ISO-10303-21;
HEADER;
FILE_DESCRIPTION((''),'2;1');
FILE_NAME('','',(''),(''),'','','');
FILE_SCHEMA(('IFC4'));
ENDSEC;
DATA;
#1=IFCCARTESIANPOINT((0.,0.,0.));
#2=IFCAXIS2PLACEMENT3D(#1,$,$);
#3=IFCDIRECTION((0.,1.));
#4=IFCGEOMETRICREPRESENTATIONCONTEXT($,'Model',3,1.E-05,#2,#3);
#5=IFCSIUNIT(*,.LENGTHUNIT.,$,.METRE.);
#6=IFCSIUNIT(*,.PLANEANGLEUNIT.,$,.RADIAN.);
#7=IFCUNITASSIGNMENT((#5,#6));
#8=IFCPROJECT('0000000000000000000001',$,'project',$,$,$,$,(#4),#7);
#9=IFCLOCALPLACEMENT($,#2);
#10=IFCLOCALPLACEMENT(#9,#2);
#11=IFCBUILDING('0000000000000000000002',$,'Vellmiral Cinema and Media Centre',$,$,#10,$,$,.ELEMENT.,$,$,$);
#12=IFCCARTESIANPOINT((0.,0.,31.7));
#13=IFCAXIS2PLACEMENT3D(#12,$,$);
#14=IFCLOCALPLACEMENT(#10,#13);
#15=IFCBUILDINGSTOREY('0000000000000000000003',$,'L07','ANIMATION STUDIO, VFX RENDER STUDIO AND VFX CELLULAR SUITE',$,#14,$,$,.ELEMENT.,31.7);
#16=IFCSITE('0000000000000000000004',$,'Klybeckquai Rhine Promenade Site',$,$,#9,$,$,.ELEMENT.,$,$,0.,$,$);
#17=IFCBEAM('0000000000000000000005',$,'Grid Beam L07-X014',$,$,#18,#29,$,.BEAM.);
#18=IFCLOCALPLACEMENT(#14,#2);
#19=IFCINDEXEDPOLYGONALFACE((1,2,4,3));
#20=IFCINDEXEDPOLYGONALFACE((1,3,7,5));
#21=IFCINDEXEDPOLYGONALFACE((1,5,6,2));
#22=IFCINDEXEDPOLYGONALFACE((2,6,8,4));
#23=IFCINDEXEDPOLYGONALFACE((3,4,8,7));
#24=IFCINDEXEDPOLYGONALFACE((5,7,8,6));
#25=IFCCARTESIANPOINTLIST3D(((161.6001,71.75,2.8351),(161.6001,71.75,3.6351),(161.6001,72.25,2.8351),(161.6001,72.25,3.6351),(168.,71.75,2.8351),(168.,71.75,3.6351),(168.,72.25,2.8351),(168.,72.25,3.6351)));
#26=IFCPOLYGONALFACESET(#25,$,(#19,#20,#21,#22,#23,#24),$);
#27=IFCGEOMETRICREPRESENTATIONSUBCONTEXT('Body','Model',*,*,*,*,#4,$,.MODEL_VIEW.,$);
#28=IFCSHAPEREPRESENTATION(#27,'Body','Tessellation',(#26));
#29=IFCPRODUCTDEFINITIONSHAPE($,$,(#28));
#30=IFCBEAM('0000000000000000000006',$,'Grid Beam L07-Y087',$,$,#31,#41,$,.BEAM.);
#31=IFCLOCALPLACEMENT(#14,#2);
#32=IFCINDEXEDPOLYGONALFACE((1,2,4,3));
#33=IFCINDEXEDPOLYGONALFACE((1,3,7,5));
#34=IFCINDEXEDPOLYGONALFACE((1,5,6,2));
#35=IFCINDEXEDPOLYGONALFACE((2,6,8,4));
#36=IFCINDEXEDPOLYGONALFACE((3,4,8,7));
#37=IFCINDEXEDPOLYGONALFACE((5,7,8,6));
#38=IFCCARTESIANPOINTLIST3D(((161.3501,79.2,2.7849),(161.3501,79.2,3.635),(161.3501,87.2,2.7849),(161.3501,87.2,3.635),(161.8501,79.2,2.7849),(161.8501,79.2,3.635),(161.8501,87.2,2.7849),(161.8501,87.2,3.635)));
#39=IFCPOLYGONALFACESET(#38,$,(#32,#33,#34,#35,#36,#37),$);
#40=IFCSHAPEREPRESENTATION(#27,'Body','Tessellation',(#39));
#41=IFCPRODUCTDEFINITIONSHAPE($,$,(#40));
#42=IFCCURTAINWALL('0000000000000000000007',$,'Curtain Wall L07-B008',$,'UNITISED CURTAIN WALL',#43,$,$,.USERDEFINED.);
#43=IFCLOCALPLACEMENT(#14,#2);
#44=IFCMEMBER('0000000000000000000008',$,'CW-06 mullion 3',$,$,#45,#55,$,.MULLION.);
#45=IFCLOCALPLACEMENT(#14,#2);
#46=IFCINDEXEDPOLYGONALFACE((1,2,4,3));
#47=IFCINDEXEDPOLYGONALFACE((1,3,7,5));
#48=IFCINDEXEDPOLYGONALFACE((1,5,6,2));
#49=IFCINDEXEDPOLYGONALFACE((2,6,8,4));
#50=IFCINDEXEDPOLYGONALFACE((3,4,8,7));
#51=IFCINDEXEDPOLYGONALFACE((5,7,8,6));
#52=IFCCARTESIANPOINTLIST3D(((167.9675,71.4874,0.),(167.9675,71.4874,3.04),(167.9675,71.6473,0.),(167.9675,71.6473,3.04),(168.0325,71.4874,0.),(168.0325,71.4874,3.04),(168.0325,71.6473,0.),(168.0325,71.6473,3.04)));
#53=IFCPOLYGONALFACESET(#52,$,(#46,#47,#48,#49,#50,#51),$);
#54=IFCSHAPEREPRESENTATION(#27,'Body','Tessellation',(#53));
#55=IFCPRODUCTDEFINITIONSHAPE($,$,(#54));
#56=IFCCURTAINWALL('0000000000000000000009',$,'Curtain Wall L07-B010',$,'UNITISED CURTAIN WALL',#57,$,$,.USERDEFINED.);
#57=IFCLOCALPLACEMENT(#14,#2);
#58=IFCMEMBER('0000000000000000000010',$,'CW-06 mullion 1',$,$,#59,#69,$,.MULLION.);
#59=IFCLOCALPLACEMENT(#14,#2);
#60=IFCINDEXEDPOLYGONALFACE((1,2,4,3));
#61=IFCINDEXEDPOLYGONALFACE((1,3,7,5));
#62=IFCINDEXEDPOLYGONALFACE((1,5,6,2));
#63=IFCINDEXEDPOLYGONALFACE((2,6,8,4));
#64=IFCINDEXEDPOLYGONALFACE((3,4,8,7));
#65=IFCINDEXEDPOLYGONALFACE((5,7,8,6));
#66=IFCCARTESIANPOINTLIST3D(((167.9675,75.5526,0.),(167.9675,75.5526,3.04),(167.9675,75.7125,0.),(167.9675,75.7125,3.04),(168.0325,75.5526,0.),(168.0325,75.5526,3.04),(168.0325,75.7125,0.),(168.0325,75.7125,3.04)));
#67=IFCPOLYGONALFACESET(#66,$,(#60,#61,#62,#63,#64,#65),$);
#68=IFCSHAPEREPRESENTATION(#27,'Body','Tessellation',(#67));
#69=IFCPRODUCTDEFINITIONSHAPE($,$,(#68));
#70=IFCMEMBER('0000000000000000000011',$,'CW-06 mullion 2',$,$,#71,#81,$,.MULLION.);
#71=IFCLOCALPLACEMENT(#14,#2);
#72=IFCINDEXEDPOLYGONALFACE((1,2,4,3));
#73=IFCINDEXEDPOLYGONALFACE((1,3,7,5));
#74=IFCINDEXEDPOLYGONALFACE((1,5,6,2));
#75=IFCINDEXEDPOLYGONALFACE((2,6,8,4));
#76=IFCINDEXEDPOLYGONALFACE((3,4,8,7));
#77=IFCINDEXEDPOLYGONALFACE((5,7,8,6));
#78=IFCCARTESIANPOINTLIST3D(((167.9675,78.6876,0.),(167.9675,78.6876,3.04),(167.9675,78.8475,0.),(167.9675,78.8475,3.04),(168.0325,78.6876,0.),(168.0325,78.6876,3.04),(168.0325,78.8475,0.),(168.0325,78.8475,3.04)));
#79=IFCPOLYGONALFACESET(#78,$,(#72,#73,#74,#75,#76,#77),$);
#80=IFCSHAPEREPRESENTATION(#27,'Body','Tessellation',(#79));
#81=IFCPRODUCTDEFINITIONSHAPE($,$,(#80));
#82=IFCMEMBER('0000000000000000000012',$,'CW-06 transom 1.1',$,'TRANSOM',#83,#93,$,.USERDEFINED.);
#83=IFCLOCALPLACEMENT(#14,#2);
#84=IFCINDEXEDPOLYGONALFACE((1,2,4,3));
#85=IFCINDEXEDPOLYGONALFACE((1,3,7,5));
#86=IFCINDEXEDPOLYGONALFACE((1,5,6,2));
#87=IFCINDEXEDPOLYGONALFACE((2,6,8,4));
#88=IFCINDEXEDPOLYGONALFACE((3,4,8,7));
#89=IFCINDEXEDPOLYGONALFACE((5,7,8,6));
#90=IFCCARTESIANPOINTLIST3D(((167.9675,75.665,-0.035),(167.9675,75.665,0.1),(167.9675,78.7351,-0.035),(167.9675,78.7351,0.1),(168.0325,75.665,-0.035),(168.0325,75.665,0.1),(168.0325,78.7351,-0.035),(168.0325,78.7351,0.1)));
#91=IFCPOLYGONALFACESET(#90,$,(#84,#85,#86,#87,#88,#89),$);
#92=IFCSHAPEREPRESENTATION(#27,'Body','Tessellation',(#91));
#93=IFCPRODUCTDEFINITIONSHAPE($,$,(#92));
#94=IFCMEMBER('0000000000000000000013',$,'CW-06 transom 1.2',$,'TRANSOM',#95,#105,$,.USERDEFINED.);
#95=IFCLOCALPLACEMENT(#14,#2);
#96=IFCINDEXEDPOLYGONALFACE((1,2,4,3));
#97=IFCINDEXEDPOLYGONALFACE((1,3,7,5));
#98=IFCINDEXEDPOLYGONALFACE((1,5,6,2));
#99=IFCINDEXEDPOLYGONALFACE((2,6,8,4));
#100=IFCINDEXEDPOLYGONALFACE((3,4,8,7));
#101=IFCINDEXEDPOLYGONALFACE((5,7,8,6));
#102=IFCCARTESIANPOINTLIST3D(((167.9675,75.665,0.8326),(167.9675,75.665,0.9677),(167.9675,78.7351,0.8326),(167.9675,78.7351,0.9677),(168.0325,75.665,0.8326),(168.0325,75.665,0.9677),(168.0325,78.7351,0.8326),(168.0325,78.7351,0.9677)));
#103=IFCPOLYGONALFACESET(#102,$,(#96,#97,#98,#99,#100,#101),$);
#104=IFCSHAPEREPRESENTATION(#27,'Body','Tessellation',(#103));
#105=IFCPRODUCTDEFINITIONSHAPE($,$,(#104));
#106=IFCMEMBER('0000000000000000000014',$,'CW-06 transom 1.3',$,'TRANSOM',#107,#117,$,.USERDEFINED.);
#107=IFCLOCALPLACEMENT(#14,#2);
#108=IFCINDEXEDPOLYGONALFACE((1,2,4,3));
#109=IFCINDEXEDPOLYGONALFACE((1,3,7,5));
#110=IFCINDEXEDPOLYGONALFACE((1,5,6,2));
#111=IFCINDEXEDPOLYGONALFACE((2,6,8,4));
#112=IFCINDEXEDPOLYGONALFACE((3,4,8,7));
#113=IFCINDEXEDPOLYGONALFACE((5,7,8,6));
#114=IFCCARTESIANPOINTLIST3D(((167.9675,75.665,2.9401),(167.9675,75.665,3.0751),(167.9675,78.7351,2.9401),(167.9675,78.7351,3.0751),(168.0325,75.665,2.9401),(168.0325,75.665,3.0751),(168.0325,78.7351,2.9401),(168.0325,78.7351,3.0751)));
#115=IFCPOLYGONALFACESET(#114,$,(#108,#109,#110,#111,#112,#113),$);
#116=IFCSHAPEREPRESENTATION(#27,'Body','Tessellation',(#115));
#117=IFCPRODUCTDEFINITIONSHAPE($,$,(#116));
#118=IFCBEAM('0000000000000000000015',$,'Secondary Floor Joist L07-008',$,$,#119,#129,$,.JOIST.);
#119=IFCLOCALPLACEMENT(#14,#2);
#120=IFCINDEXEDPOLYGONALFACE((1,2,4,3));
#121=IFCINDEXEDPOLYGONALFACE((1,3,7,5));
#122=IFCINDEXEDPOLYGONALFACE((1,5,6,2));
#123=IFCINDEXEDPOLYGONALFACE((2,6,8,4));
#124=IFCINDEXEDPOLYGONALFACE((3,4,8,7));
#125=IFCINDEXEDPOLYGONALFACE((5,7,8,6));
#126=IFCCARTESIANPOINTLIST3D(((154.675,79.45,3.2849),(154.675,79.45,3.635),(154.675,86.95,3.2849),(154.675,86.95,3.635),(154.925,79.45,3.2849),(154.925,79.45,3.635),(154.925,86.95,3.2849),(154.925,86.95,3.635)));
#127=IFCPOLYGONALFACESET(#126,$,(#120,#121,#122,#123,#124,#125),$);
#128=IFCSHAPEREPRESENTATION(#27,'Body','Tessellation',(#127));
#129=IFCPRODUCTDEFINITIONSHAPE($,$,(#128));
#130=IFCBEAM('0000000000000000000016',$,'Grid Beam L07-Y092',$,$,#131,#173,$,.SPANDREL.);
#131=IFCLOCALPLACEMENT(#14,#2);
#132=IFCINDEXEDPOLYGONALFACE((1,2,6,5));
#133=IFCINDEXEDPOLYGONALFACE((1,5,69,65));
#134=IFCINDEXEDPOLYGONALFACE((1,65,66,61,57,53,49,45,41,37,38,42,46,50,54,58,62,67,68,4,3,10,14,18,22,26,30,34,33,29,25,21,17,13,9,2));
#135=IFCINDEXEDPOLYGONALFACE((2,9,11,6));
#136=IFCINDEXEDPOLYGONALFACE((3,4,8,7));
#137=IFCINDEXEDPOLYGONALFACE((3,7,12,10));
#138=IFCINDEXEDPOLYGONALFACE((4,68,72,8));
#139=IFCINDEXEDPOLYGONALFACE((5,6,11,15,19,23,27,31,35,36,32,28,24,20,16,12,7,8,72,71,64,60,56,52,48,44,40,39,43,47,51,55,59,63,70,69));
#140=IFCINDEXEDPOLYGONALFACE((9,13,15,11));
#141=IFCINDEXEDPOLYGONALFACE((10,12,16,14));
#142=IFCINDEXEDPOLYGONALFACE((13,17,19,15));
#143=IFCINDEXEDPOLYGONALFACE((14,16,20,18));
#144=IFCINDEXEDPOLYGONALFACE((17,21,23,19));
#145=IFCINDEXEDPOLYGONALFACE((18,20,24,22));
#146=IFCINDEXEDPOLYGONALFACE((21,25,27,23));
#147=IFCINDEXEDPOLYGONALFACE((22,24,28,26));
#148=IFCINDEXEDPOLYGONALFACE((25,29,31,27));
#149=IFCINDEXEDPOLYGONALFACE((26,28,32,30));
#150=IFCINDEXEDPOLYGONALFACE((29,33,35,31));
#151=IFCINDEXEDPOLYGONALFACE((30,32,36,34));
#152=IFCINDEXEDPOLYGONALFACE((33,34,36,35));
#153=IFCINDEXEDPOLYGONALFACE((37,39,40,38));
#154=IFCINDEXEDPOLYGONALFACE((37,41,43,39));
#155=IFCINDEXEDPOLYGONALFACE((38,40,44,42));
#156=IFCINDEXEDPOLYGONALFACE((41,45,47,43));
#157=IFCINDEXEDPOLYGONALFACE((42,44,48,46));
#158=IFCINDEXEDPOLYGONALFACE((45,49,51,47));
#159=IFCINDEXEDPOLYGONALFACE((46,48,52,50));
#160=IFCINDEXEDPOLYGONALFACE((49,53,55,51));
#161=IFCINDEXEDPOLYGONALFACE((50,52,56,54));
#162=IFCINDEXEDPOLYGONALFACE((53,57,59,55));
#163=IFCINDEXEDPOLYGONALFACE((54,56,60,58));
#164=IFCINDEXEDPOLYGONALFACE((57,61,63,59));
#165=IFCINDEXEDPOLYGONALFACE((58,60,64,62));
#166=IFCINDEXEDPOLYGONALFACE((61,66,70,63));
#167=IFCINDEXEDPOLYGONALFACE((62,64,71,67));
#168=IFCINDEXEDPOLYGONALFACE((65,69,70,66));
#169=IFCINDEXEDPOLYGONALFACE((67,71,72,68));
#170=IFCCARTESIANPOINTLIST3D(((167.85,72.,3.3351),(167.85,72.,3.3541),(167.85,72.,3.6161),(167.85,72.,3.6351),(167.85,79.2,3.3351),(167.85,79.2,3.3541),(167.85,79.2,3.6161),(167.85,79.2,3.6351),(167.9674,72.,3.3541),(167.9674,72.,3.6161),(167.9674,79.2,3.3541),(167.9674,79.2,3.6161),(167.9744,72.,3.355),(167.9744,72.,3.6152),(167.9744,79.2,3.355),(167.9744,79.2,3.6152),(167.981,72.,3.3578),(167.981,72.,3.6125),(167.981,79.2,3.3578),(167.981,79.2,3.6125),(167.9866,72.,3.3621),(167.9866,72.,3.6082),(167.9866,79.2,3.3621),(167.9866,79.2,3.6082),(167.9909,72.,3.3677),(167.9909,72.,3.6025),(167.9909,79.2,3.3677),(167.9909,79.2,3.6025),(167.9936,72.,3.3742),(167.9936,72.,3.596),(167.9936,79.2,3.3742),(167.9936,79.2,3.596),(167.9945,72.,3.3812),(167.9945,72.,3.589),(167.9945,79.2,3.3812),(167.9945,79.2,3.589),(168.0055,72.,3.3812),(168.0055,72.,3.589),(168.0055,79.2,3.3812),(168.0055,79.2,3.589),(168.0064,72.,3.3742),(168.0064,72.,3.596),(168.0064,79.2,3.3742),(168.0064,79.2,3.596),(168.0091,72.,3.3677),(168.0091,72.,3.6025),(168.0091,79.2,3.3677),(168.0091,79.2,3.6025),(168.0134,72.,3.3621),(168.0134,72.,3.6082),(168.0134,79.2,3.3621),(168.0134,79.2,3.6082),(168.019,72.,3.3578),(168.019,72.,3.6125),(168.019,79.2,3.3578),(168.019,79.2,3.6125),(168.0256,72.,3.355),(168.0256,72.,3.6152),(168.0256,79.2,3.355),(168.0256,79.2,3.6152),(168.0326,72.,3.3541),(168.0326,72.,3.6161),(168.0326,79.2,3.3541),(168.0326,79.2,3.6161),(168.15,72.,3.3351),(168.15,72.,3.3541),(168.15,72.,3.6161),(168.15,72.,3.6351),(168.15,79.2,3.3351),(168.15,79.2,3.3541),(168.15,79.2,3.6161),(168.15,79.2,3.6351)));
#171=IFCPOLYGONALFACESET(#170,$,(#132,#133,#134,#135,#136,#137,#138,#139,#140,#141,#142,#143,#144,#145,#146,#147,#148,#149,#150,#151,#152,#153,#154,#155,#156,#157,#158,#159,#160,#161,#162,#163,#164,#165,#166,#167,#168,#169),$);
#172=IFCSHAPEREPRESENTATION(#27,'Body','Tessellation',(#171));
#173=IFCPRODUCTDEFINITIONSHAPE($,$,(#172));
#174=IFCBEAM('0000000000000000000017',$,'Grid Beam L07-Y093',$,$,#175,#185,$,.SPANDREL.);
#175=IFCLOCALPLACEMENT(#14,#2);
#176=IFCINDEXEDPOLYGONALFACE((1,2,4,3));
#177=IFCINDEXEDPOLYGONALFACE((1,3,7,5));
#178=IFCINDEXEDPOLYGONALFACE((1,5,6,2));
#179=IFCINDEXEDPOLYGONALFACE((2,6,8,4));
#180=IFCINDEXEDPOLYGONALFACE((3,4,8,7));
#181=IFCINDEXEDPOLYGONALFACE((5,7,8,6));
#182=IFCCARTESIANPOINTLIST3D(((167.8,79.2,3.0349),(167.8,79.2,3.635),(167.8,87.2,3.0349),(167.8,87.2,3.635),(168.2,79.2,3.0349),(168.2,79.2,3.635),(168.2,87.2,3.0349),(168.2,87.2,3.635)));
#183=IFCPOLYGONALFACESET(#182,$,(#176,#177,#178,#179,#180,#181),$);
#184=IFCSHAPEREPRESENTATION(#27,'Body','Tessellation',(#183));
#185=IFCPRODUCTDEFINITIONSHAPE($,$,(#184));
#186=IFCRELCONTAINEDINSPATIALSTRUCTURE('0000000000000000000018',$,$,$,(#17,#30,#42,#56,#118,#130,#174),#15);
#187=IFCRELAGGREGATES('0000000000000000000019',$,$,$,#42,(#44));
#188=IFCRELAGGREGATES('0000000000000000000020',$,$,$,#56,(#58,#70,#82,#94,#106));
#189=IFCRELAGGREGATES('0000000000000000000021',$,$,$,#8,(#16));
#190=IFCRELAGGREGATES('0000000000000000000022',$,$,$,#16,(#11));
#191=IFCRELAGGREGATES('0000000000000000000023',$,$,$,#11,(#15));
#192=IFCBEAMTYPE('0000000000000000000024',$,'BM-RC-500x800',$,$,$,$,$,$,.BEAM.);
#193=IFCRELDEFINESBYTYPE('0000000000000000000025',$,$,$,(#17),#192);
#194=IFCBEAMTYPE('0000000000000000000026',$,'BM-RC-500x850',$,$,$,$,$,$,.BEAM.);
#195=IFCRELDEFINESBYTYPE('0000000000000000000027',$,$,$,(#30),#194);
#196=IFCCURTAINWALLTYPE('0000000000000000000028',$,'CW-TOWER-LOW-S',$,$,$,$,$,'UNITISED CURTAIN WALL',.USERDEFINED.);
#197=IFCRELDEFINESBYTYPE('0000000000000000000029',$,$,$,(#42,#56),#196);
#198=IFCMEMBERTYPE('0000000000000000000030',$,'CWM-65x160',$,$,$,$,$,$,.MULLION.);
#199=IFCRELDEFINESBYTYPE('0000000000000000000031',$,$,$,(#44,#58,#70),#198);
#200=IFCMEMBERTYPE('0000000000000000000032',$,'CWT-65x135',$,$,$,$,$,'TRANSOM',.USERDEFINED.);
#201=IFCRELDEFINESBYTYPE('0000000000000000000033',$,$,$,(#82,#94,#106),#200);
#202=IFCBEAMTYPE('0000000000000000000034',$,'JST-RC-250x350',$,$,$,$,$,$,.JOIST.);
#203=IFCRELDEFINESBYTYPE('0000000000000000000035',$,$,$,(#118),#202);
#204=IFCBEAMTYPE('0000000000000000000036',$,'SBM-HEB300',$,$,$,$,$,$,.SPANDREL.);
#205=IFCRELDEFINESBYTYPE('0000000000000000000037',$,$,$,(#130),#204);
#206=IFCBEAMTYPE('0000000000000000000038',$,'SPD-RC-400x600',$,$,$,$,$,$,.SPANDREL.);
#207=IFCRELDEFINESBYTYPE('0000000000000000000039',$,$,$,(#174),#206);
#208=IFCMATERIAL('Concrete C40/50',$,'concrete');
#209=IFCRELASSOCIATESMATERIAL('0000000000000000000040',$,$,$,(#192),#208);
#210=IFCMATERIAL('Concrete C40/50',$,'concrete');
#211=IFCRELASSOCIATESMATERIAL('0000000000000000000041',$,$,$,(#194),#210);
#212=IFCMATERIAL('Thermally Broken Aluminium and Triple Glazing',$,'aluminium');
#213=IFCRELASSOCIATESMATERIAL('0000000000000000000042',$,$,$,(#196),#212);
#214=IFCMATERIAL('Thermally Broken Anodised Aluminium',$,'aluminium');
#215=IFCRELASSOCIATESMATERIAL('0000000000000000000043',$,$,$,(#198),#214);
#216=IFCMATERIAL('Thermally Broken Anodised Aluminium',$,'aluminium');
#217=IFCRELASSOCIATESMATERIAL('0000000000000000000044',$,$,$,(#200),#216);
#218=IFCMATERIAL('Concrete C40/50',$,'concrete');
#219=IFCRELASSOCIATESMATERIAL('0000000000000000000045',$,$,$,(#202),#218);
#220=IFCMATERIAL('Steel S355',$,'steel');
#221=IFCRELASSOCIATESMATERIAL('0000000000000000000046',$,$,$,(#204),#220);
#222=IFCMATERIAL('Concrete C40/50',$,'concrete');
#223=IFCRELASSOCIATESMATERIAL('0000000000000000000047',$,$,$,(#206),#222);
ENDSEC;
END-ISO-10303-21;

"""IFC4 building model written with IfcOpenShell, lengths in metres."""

from ifc_helpers import new_model, si_unit, direction, frame, origin, origin_2d, place, context, subcontext, project, spatial, rectangle, i_section, extrude, material, material_profile, profile_set, type_object, element, aggregate, save


model = new_model("IFC4")

# Units and contexts
model_context = context("Model", 3, precision=1e-05, world=origin(), true_north=direction((0.0, 1.0)))
body_context = subcontext(model_context, "Body", "Model", "MODEL_VIEW")
ifc_project = project(units=[si_unit("LENGTHUNIT", "METRE"), si_unit("PLANEANGLEUNIT", "RADIAN")], contexts=[model_context])

# Site, building, storey
site_placement = place(None, origin())
site = spatial("IfcSite", under=ifc_project, at=site_placement, Name="Klybeckquai Rhine Promenade Site", CompositionType="ELEMENT", RefElevation=0.0)
building_placement = place(site_placement, origin())
building = spatial("IfcBuilding", under=site, at=building_placement, Name="Vellmiral Cinema and Media Centre", CompositionType="ELEMENT")
storey_placement = place(building_placement, frame((0.0, 0.0, 31.7)))
storey = spatial("IfcBuildingStorey", under=building, at=storey_placement, Name="L07", Description="ANIMATION STUDIO, VFX RENDER STUDIO AND VFX CELLULAR SUITE", CompositionType="ELEMENT", Elevation=31.7)

# Beams
ifc_material_1 = material(Name="Concrete C40/50", Category="concrete")
ifc_material_profile_1 = material_profile(ifc_material_1, rectangle(XDim=0.5, YDim=0.8, at=origin_2d()), Name="RC 500x800")
ifc_profile_set_1 = profile_set([ifc_material_profile_1], Name="Concrete C40/50")
beam_type_1 = type_object("IfcBeamType", Name="BM-RC-500x800", PredefinedType="BEAM", material=ifc_profile_set_1)
beam_1_placement = place(storey_placement, frame((161.6001, 72.0, 3.2351), z_axis=(1.0, 0.0, 0.0), x_axis=(0.0, 1.0, 0.0)))
element("IfcBeam", 1, at=beam_1_placement, inside=storey, type_object=beam_type_1, Name="Grid Beam L07-X014", PredefinedType="BEAM", context=body_context, shape_type="SweptSolid", body=[
    extrude(rectangle(XDim=0.5, YDim=0.8, at=origin_2d()), origin(), (0.0, 0.0, 1.0), 6.3999),
])
ifc_material_2 = material(Name="Concrete C40/50", Category="concrete")
ifc_material_profile_2 = material_profile(ifc_material_2, rectangle(XDim=0.5, YDim=0.8501, at=origin_2d()), Name="RC 500x850")
ifc_profile_set_2 = profile_set([ifc_material_profile_2], Name="Concrete C40/50")
beam_type_2 = type_object("IfcBeamType", Name="BM-RC-500x850", PredefinedType="BEAM", material=ifc_profile_set_2)
beam_2_placement = place(storey_placement, frame((161.6001, 79.2, 3.21), z_axis=(0.0, 1.0, 0.0), x_axis=(-1.0, 0.0, 0.0)))
element("IfcBeam", 2, at=beam_2_placement, inside=storey, type_object=beam_type_2, Name="Grid Beam L07-Y087", PredefinedType="BEAM", context=body_context, shape_type="SweptSolid", body=[
    extrude(rectangle(XDim=0.5, YDim=0.8501, at=origin_2d()), origin(), (0.0, 0.0, 1.0), 8.0),
])

# Curtain wall, member
ifc_material_3 = material(Name="Thermally Broken Aluminium and Triple Glazing", Category="aluminium")
curtain_wall_type = type_object("IfcCurtainWallType", Name="CW-TOWER-LOW-S", ElementType="UNITISED CURTAIN WALL", PredefinedType="USERDEFINED", material=ifc_material_3)
curtain_wall_1_placement = place(storey_placement, origin())
curtain_wall_1 = element("IfcCurtainWall", 3, at=curtain_wall_1_placement, inside=storey, type_object=curtain_wall_type, Name="Curtain Wall L07-B008", ObjectType="UNITISED CURTAIN WALL", PredefinedType="USERDEFINED")
ifc_material_4 = material(Name="Thermally Broken Anodised Aluminium", Category="aluminium")
ifc_material_profile_3 = material_profile(ifc_material_4, rectangle(XDim=0.0649, YDim=0.1599, at=origin_2d()), Name="MULL 65x160")
ifc_profile_set_3 = profile_set([ifc_material_profile_3], Name="Thermally Broken Anodised Aluminium")
member_type_1 = type_object("IfcMemberType", Name="CWM-65x160", PredefinedType="MULLION", material=ifc_profile_set_3)
member_1_placement = place(storey_placement, frame((168.0, 71.5674, 0.0), z_axis=(0.0, 0.0, 1.0), x_axis=(-1.0, 0.0, 0.0)))
member_1 = element("IfcMember", 4, at=member_1_placement, type_object=member_type_1, Name="CW-06 mullion 3", PredefinedType="MULLION", context=body_context, shape_type="SweptSolid", body=[
    extrude(rectangle(XDim=0.0649, YDim=0.1599, at=origin_2d()), origin(), (0.0, 0.0, 1.0), 3.04),
])

# Curtain wall, members
curtain_wall_2_placement = place(storey_placement, origin())
curtain_wall_2 = element("IfcCurtainWall", 5, at=curtain_wall_2_placement, inside=storey, type_object=curtain_wall_type, Name="Curtain Wall L07-B010", ObjectType="UNITISED CURTAIN WALL", PredefinedType="USERDEFINED")
member_2_placement = place(storey_placement, frame((168.0, 75.6326, 0.0), z_axis=(0.0, 0.0, 1.0), x_axis=(-1.0, 0.0, 0.0)))
member_2 = element("IfcMember", 6, at=member_2_placement, type_object=member_type_1, Name="CW-06 mullion 1", PredefinedType="MULLION", context=body_context, shape_type="SweptSolid", body=[
    extrude(rectangle(XDim=0.0649, YDim=0.1599, at=origin_2d()), origin(), (0.0, 0.0, 1.0), 3.04),
])
member_3_placement = place(storey_placement, frame((168.0, 78.7676, 0.0), z_axis=(0.0, 0.0, 1.0), x_axis=(-1.0, 0.0, 0.0)))
member_3 = element("IfcMember", 7, at=member_3_placement, type_object=member_type_1, Name="CW-06 mullion 2", PredefinedType="MULLION", context=body_context, shape_type="SweptSolid", body=[
    extrude(rectangle(XDim=0.0649, YDim=0.1599, at=origin_2d()), origin(), (0.0, 0.0, 1.0), 3.04),
])
ifc_material_5 = material(Name="Thermally Broken Anodised Aluminium", Category="aluminium")
ifc_material_profile_4 = material_profile(ifc_material_5, rectangle(XDim=0.0649, YDim=0.135, at=origin_2d()), Name="MULL 65x135")
ifc_profile_set_4 = profile_set([ifc_material_profile_4], Name="Thermally Broken Anodised Aluminium")
member_type_2 = type_object("IfcMemberType", Name="CWT-65x135", ElementType="TRANSOM", PredefinedType="USERDEFINED", material=ifc_profile_set_4)
member_4_placement = place(storey_placement, frame((168.0, 75.665, 0.0325), z_axis=(0.0, 1.0, 0.0), x_axis=(-1.0, 0.0, 0.0)))
member_4 = element("IfcMember", 8, at=member_4_placement, type_object=member_type_2, Name="CW-06 transom 1.1", ObjectType="TRANSOM", PredefinedType="USERDEFINED", context=body_context, shape_type="SweptSolid", body=[
    extrude(rectangle(XDim=0.0649, YDim=0.135, at=origin_2d()), origin(), (0.0, 0.0, 1.0), 3.0701),
])
member_5_placement = place(storey_placement, frame((168.0, 75.665, 0.9001), z_axis=(0.0, 1.0, 0.0), x_axis=(-1.0, 0.0, 0.0)))
member_5 = element("IfcMember", 9, at=member_5_placement, type_object=member_type_2, Name="CW-06 transom 1.2", ObjectType="TRANSOM", PredefinedType="USERDEFINED", context=body_context, shape_type="SweptSolid", body=[
    extrude(rectangle(XDim=0.0649, YDim=0.135, at=origin_2d()), origin(), (0.0, 0.0, 1.0), 3.0701),
])
member_6_placement = place(storey_placement, frame((168.0, 75.665, 3.0076), z_axis=(0.0, 1.0, 0.0), x_axis=(-1.0, 0.0, 0.0)))
member_6 = element("IfcMember", 10, at=member_6_placement, type_object=member_type_2, Name="CW-06 transom 1.3", ObjectType="TRANSOM", PredefinedType="USERDEFINED", context=body_context, shape_type="SweptSolid", body=[
    extrude(rectangle(XDim=0.0649, YDim=0.135, at=origin_2d()), origin(), (0.0, 0.0, 1.0), 3.0701),
])

# Beams
ifc_material_6 = material(Name="Concrete C40/50", Category="concrete")
ifc_material_profile_5 = material_profile(ifc_material_6, rectangle(XDim=0.25, YDim=0.3501, at=origin_2d()), Name="RC 250x350")
ifc_profile_set_5 = profile_set([ifc_material_profile_5], Name="Concrete C40/50")
beam_type_3 = type_object("IfcBeamType", Name="JST-RC-250x350", PredefinedType="JOIST", material=ifc_profile_set_5)
beam_3_placement = place(storey_placement, frame((154.8, 79.45, 3.46), z_axis=(0.0, 1.0, 0.0), x_axis=(-1.0, 0.0, 0.0)))
element("IfcBeam", 11, at=beam_3_placement, inside=storey, type_object=beam_type_3, Name="Secondary Floor Joist L07-008", PredefinedType="JOIST", context=body_context, shape_type="SweptSolid", body=[
    extrude(rectangle(XDim=0.25, YDim=0.3501, at=origin_2d()), origin(), (0.0, 0.0, 1.0), 7.5),
])
ifc_material_7 = material(Name="Steel S355", Category="steel")
ifc_material_profile_6 = material_profile(ifc_material_7, i_section(OverallWidth=0.3, OverallDepth=0.3, WebThickness=0.011, FlangeThickness=0.019, FilletRadius=0.0271, at=origin_2d()), Name="HEB 300")
ifc_profile_set_6 = profile_set([ifc_material_profile_6], Name="Steel S355")
beam_type_4 = type_object("IfcBeamType", Name="SBM-HEB300", PredefinedType="SPANDREL", material=ifc_profile_set_6)
beam_4_placement = place(storey_placement, frame((168.0, 72.0, 3.4851), z_axis=(0.0, 1.0, 0.0), x_axis=(-1.0, 0.0, 0.0)))
element("IfcBeam", 12, at=beam_4_placement, inside=storey, type_object=beam_type_4, Name="Grid Beam L07-Y092", PredefinedType="SPANDREL", context=body_context, shape_type="SweptSolid", body=[
    extrude(i_section(OverallWidth=0.3, OverallDepth=0.3, WebThickness=0.011, FlangeThickness=0.019, FilletRadius=0.0271, at=origin_2d()), origin(), (0.0, 0.0, 1.0), 7.2),
])
ifc_material_8 = material(Name="Concrete C40/50", Category="concrete")
ifc_material_profile_7 = material_profile(ifc_material_8, rectangle(XDim=0.3999, YDim=0.6001, at=origin_2d()), Name="RC 400x600")
ifc_profile_set_7 = profile_set([ifc_material_profile_7], Name="Concrete C40/50")
beam_type_5 = type_object("IfcBeamType", Name="SPD-RC-400x600", PredefinedType="SPANDREL", material=ifc_profile_set_7)
beam_5_placement = place(storey_placement, frame((168.0, 79.2, 3.335), z_axis=(0.0, 1.0, 0.0), x_axis=(-1.0, 0.0, 0.0)))
element("IfcBeam", 13, at=beam_5_placement, inside=storey, type_object=beam_type_5, Name="Grid Beam L07-Y093", PredefinedType="SPANDREL", context=body_context, shape_type="SweptSolid", body=[
    extrude(rectangle(XDim=0.3999, YDim=0.6001, at=origin_2d()), origin(), (0.0, 0.0, 1.0), 8.0),
])

aggregate(curtain_wall_1, [member_1])
aggregate(curtain_wall_2, [member_2, member_3, member_4, member_5, member_6])

save(model, "model.ifc")
